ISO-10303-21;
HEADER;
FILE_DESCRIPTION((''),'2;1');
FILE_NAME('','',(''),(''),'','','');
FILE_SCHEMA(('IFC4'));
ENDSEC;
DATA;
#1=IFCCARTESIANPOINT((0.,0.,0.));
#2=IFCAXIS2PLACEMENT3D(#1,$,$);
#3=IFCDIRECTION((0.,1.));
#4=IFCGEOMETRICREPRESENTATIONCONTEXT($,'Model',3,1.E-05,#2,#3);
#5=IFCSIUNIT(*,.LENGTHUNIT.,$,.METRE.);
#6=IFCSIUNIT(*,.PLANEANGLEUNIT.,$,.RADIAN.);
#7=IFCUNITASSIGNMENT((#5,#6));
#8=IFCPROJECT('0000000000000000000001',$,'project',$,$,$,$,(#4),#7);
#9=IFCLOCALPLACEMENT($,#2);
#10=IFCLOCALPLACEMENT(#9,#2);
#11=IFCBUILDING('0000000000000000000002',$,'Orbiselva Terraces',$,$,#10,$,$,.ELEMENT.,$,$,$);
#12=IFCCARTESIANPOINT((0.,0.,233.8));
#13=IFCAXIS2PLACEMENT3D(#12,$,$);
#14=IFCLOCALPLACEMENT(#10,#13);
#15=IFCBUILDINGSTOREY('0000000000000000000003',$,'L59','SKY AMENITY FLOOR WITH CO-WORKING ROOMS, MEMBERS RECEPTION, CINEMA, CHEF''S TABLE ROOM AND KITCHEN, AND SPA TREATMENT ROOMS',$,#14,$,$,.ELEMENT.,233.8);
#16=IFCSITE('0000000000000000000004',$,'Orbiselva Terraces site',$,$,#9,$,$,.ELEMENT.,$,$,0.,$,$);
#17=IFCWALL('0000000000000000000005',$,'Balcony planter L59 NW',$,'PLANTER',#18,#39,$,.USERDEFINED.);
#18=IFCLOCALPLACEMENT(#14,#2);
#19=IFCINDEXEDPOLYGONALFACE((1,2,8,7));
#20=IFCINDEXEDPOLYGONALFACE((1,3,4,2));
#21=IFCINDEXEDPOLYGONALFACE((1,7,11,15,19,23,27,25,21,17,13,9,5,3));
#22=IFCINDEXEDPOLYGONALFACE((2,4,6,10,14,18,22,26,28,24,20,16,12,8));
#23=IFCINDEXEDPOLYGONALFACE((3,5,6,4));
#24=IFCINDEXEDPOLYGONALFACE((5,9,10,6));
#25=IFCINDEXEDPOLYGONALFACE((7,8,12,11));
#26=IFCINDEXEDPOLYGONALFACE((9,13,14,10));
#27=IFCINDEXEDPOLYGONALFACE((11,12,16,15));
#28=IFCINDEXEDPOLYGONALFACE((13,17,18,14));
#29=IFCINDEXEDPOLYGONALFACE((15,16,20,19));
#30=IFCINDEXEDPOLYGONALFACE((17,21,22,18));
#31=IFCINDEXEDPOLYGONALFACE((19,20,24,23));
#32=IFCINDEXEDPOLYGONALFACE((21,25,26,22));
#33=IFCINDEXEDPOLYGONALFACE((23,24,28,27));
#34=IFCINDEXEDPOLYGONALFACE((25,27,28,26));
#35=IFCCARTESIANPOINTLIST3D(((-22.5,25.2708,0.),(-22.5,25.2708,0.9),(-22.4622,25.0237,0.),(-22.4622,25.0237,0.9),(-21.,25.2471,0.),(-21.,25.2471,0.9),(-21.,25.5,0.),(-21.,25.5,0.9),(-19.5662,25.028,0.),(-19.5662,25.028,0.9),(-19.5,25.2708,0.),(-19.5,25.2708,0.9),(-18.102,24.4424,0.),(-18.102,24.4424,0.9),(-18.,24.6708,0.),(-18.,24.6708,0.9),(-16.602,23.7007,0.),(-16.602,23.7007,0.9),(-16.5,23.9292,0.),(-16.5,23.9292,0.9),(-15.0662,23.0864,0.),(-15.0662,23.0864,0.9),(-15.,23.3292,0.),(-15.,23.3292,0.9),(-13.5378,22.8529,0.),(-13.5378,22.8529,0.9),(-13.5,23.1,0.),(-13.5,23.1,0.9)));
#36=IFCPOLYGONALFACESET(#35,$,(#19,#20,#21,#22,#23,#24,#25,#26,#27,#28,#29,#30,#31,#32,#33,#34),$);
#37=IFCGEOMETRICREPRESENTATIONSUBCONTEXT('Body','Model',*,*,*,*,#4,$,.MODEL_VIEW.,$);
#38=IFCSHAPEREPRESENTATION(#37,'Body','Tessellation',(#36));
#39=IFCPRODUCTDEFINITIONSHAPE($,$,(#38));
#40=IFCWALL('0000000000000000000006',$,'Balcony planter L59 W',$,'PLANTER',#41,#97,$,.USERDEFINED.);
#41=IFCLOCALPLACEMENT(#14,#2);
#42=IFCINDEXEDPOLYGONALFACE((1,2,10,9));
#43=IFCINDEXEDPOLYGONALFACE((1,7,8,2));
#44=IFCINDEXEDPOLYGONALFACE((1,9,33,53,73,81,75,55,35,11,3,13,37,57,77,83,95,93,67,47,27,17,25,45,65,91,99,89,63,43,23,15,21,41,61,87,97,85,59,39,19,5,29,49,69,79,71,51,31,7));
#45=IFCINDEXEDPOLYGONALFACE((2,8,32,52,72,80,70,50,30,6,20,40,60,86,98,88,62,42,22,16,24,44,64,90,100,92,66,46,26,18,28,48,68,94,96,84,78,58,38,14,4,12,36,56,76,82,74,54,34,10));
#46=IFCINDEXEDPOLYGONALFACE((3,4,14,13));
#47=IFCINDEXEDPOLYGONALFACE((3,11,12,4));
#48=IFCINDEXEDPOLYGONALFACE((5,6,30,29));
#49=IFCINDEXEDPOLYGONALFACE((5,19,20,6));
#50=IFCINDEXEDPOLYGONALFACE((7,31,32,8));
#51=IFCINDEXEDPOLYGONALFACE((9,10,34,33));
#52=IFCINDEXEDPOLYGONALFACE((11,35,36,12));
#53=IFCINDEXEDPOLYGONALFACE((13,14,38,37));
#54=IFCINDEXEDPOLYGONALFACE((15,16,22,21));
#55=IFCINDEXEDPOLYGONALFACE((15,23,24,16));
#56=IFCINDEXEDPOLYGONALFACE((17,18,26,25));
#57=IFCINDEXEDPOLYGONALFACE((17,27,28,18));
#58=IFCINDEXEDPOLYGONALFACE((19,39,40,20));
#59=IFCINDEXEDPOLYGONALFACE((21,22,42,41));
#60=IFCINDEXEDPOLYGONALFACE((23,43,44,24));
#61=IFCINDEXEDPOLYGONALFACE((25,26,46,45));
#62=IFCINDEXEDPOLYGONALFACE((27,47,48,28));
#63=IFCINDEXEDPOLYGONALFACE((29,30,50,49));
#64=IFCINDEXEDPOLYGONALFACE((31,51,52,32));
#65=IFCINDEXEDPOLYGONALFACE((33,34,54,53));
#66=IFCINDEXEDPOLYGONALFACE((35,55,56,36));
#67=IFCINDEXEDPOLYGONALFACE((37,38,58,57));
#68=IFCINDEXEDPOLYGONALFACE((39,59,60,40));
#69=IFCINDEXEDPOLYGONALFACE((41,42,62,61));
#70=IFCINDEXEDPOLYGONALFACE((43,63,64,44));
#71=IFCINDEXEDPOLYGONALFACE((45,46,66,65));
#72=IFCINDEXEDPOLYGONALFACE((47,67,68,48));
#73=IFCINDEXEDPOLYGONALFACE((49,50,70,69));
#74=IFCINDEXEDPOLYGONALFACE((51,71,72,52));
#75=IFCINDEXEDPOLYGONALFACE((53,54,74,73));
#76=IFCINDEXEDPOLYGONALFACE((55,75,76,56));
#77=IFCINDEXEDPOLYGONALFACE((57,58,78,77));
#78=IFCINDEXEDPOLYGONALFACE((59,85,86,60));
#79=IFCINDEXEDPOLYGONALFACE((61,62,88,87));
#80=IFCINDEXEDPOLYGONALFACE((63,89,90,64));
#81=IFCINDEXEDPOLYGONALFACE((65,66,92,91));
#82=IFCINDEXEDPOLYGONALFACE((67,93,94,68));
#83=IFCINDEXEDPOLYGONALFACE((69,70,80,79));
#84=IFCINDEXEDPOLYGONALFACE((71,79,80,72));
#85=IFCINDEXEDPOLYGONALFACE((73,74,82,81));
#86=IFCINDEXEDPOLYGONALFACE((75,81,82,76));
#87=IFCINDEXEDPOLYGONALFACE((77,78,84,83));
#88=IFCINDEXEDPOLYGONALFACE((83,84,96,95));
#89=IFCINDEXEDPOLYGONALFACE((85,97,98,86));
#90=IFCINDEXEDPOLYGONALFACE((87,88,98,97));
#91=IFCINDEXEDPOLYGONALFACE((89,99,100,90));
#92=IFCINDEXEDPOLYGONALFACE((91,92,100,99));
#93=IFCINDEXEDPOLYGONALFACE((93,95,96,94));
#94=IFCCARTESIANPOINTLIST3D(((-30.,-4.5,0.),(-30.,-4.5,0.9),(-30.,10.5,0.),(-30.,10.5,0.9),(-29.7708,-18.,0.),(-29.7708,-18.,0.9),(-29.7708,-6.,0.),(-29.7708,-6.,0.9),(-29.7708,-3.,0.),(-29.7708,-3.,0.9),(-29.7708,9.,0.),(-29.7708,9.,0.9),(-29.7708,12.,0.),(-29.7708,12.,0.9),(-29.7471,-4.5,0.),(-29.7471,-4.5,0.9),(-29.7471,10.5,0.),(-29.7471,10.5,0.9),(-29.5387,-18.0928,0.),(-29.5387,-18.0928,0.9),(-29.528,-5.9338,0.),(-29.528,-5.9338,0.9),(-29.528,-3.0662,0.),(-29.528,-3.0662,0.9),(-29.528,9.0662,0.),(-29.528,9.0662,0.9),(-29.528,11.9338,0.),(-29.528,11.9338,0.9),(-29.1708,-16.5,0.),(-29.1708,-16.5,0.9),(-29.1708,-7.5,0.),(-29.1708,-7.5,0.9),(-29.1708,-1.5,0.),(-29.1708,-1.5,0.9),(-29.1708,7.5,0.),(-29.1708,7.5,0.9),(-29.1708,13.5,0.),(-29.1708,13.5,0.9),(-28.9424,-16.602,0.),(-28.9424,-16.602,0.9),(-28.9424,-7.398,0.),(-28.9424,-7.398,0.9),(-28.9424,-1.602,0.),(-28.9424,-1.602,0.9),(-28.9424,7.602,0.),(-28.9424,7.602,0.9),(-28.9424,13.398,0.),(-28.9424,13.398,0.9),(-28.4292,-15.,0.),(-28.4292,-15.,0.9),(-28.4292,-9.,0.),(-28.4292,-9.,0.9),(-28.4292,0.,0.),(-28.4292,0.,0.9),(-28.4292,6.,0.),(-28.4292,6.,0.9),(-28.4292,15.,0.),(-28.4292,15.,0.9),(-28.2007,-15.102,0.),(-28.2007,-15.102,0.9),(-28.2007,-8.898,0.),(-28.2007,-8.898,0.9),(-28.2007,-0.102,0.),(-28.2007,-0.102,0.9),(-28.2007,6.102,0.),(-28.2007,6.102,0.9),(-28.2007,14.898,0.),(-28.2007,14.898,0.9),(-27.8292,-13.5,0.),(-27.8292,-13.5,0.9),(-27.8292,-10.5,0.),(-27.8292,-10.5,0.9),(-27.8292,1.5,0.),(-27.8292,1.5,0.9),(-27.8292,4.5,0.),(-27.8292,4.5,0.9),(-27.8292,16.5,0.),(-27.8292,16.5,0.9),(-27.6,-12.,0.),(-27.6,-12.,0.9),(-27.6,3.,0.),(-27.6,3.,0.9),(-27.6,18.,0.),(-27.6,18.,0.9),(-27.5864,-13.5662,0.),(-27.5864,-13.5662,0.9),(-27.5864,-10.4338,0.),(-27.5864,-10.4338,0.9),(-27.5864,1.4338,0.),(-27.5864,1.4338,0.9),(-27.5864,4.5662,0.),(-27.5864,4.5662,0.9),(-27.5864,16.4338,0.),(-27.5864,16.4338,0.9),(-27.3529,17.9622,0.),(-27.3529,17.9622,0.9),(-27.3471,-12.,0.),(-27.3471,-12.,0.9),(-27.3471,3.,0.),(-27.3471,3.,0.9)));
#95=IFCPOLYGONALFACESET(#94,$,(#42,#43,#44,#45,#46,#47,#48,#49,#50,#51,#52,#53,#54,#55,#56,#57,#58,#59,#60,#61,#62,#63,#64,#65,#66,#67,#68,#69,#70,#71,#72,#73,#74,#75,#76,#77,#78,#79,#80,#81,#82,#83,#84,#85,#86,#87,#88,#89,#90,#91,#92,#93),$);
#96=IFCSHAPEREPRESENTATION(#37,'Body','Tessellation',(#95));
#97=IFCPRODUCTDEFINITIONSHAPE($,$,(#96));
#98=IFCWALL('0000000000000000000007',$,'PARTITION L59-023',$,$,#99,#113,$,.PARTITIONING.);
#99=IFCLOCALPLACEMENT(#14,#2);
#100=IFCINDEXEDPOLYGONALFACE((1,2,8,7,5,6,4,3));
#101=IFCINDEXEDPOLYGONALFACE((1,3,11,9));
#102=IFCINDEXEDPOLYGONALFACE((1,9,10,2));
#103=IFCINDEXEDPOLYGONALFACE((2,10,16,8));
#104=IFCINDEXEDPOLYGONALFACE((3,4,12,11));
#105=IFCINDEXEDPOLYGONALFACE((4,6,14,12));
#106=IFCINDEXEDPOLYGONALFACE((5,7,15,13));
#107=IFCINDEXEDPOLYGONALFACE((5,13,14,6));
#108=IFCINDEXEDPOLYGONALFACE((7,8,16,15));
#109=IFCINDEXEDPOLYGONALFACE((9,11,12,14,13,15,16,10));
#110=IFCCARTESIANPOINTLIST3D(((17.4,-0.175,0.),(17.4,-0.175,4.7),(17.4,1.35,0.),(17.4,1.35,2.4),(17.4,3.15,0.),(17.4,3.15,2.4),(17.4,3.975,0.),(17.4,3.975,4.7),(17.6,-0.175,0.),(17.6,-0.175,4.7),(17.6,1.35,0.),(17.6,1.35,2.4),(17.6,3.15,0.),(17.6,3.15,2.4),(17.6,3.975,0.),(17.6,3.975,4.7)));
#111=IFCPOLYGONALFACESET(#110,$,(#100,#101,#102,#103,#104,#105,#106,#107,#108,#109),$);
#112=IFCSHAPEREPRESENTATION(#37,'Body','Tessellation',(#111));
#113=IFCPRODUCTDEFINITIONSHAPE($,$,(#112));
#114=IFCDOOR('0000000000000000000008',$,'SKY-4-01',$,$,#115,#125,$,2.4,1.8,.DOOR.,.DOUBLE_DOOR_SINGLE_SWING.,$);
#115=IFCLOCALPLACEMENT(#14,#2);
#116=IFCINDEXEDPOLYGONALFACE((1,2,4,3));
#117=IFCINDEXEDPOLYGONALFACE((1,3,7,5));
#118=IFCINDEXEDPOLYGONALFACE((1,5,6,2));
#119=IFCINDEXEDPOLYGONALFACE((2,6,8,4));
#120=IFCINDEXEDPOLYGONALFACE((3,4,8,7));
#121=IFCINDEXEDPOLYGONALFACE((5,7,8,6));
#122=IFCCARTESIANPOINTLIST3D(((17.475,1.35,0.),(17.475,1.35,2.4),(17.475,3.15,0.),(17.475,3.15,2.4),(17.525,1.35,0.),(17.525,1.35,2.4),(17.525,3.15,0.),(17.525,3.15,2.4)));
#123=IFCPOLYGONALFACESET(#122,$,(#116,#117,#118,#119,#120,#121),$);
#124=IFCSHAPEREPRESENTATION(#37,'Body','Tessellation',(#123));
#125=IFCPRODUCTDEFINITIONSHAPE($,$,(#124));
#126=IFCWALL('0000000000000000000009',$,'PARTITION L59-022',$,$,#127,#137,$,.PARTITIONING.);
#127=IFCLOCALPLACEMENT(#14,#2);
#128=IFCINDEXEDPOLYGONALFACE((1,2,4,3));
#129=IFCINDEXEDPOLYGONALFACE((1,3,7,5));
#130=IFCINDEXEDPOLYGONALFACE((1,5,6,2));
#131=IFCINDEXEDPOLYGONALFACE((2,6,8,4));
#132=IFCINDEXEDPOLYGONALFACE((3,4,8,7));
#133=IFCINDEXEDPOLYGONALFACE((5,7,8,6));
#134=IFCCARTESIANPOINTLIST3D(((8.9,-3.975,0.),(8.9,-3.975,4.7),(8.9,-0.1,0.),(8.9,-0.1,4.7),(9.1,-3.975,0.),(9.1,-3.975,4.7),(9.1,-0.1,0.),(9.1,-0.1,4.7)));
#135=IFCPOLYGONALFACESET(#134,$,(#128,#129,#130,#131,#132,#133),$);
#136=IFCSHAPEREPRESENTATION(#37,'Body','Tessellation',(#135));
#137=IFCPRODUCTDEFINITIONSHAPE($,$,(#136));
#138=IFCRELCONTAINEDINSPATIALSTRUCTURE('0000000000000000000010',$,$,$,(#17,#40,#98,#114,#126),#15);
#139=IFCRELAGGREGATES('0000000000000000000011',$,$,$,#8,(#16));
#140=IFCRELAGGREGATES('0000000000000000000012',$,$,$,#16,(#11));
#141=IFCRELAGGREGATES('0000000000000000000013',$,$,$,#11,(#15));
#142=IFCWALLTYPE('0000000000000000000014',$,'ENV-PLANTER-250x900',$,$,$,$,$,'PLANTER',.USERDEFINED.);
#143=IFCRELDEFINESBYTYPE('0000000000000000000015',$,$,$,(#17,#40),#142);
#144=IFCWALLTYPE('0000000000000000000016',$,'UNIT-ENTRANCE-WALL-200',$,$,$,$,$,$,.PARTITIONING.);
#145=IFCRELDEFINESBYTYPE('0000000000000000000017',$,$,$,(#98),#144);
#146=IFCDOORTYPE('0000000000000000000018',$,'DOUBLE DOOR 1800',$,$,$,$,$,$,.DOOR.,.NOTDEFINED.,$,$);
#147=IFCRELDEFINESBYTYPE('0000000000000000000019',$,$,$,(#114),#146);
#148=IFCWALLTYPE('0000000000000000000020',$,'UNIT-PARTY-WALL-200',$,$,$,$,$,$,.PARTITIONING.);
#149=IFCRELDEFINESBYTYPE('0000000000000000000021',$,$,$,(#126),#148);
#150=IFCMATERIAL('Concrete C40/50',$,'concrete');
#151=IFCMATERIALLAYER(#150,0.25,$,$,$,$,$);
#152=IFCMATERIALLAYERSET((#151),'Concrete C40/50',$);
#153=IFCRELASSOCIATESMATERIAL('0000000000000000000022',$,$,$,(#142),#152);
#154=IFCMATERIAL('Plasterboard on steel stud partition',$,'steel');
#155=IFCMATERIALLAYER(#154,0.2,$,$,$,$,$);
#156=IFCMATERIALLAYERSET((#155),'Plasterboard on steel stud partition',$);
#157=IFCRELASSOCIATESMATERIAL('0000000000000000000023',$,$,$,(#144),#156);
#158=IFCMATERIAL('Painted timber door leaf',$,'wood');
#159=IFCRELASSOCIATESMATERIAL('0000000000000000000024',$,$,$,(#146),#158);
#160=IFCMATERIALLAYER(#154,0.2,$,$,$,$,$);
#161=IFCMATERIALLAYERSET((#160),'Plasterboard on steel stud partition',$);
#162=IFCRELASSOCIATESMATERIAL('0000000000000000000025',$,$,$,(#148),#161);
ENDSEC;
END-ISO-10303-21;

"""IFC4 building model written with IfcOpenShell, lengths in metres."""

from ifc_helpers import new_model, si_unit, direction, frame, frame_2d, origin, place, context, subcontext, project, spatial, polyline, rectangle, outline, extrude, material, layer, layer_set, type_object, element, fill, save


model = new_model("IFC4")

# Units and contexts
model_context = context("Model", 3, precision=1e-05, world=origin(), true_north=direction((0.0, 1.0)))
body_context = subcontext(model_context, "Body", "Model", "MODEL_VIEW")
ifc_project = project(units=[si_unit("LENGTHUNIT", "METRE"), si_unit("PLANEANGLEUNIT", "RADIAN")], contexts=[model_context])

# Site, building, storey
site_placement = place(None, origin())
site = spatial("IfcSite", under=ifc_project, at=site_placement, Name="Orbiselva Terraces site", CompositionType="ELEMENT", RefElevation=0.0)
building_placement = place(site_placement, origin())
building = spatial("IfcBuilding", under=site, at=building_placement, Name="Orbiselva Terraces", CompositionType="ELEMENT")
storey_placement = place(building_placement, frame((0.0, 0.0, 233.8)))
storey = spatial("IfcBuildingStorey", under=building, at=storey_placement, Name="L59", Description="SKY AMENITY FLOOR WITH CO-WORKING ROOMS, MEMBERS RECEPTION, CINEMA, CHEF'S TABLE ROOM AND KITCHEN, AND SPA TREATMENT ROOMS", CompositionType="ELEMENT", Elevation=233.8)

# Shared definitions
ifc_material_1 = material(Name="Concrete C40/50", Category="concrete")

# Walls
ifc_layer_1 = layer(ifc_material_1, 0.25)
ifc_layer_set_1 = layer_set([ifc_layer_1], Name="Concrete C40/50")
wall_type_1 = type_object("IfcWallType", Name="ENV-PLANTER-250x900", ElementType="PLANTER", PredefinedType="USERDEFINED", material=ifc_layer_set_1)
wall_1_placement = place(storey_placement, origin())
element("IfcWall", 1, at=wall_1_placement, inside=storey, type_object=wall_type_1, Name="Balcony planter L59 NW", ObjectType="PLANTER", PredefinedType="USERDEFINED", context=body_context, shape_type="SweptSolid", body=[
    extrude(outline(polyline([(-13.5, 23.1), (-15.0, 23.3292), (-16.5, 23.9292), (-18.0, 24.6708), (-19.5, 25.2708), (-21.0, 25.5), (-22.5, 25.2708), (-22.4622, 25.0237), (-21.0, 25.2471), (-19.5662, 25.028), (-18.102, 24.4424), (-16.602, 23.7007), (-15.0662, 23.0864), (-13.5378, 22.8529), (-13.5, 23.1)])), origin(), (0.0, 0.0, 1.0), 0.9),
])
wall_2_placement = place(storey_placement, origin())
element("IfcWall", 2, at=wall_2_placement, inside=storey, type_object=wall_type_1, Name="Balcony planter L59 W", ObjectType="PLANTER", PredefinedType="USERDEFINED", context=body_context, shape_type="SweptSolid", body=[
    extrude(outline(polyline([(-27.6, 18.0), (-27.8292, 16.5), (-28.4292, 15.0), (-29.1708, 13.5), (-29.7708, 12.0), (-30.0, 10.5), (-29.7708, 9.0), (-29.1708, 7.5), (-28.4292, 6.0), (-27.8292, 4.5), (-27.6, 3.0), (-27.8292, 1.5), (-28.4292, 0.0), (-29.1708, -1.5), (-29.7708, -3.0), (-30.0, -4.5), (-29.7708, -6.0), (-29.1708, -7.5), (-28.4292, -9.0), (-27.8292, -10.5), (-27.6, -12.0), (-27.8292, -13.5), (-28.4292, -15.0), (-29.1708, -16.5), (-29.7708, -18.0), (-29.5387, -18.0928), (-28.9424, -16.602), (-28.2007, -15.102), (-27.5864, -13.5662), (-27.3471, -12.0), (-27.5864, -10.4338), (-28.2007, -8.898), (-28.9424, -7.398), (-29.528, -5.9338), (-29.7471, -4.5), (-29.528, -3.0662), (-28.9424, -1.602), (-28.2007, -0.102), (-27.5864, 1.4338), (-27.3471, 3.0), (-27.5864, 4.5662), (-28.2007, 6.102), (-28.9424, 7.602), (-29.528, 9.0662), (-29.7471, 10.5), (-29.528, 11.9338), (-28.9424, 13.398), (-28.2007, 14.898), (-27.5864, 16.4338), (-27.3529, 17.9622), (-27.6, 18.0)])), origin(), (0.0, 0.0, 1.0), 0.9),
])

# Wall, opening, door
ifc_material_2 = material(Name="Plasterboard on steel stud partition", Category="steel")
ifc_layer_2 = layer(ifc_material_2, 0.2)
ifc_layer_set_2 = layer_set([ifc_layer_2], Name="Plasterboard on steel stud partition")
wall_type_2 = type_object("IfcWallType", Name="UNIT-ENTRANCE-WALL-200", PredefinedType="PARTITIONING", material=ifc_layer_set_2)
wall_3_placement = place(storey_placement, frame((17.5, -0.175, 0.0), z_axis=(0.0, 0.0, 1.0), x_axis=(0.0, 1.0, 0.0)))
wall_3 = element("IfcWall", 3, at=wall_3_placement, inside=storey, type_object=wall_type_2, Name="PARTITION L59-023", PredefinedType="PARTITIONING", context=body_context, shape_type="SweptSolid", body=[
    extrude(rectangle(XDim=4.15, YDim=0.2, at=frame_2d((2.075, 0.0))), origin(), (0.0, 0.0, 1.0), 4.7),
])
opening_placement = place(wall_3_placement, frame((1.525, 0.0, 0.0)))
opening = element("IfcOpeningElement", 4, at=opening_placement, cuts=wall_3, PredefinedType="OPENING", context=body_context, shape_type="SweptSolid", body=[
    extrude(rectangle(XDim=1.8, YDim=2.4, at=frame_2d((0.9, 1.2))), frame((0.0, 0.11, 0.0), z_axis=(0.0, -1.0, 0.0), x_axis=(1.0, 0.0, 0.0)), (0.0, 0.0, 1.0), 0.22),
])
ifc_material_3 = material(Name="Painted timber door leaf", Category="wood")
door_type = type_object("IfcDoorType", Name="DOUBLE DOOR 1800", OperationType="NOTDEFINED", PredefinedType="DOOR", material=ifc_material_3)
door_placement = place(opening_placement, origin())
door = element("IfcDoor", 5, at=door_placement, inside=storey, type_object=door_type, Name="SKY-4-01", OperationType="DOUBLE_DOOR_SINGLE_SWING", OverallHeight=2.4, OverallWidth=1.8, PredefinedType="DOOR", context=body_context, shape_type="SweptSolid", body=[
    extrude(rectangle(XDim=1.8, YDim=2.4, at=frame_2d((0.9, 1.2))), frame((0.0, 0.025, 0.0), z_axis=(0.0, -1.0, 0.0), x_axis=(1.0, 0.0, 0.0)), (0.0, 0.0, 1.0), 0.05),
])
fill(opening, door)

# Wall
ifc_layer_3 = layer(ifc_material_2, 0.2)
ifc_layer_set_3 = layer_set([ifc_layer_3], Name="Plasterboard on steel stud partition")
wall_type_3 = type_object("IfcWallType", Name="UNIT-PARTY-WALL-200", PredefinedType="PARTITIONING", material=ifc_layer_set_3)
wall_4_placement = place(storey_placement, frame((9.0, -3.975, 0.0), z_axis=(0.0, 0.0, 1.0), x_axis=(0.0, 1.0, 0.0)))
element("IfcWall", 6, at=wall_4_placement, inside=storey, type_object=wall_type_3, Name="PARTITION L59-022", PredefinedType="PARTITIONING", context=body_context, shape_type="SweptSolid", body=[
    extrude(rectangle(XDim=3.875, YDim=0.2, at=frame_2d((1.9375, 0.0))), origin(), (0.0, 0.0, 1.0), 4.7),
])

save(model, "model.ifc")
